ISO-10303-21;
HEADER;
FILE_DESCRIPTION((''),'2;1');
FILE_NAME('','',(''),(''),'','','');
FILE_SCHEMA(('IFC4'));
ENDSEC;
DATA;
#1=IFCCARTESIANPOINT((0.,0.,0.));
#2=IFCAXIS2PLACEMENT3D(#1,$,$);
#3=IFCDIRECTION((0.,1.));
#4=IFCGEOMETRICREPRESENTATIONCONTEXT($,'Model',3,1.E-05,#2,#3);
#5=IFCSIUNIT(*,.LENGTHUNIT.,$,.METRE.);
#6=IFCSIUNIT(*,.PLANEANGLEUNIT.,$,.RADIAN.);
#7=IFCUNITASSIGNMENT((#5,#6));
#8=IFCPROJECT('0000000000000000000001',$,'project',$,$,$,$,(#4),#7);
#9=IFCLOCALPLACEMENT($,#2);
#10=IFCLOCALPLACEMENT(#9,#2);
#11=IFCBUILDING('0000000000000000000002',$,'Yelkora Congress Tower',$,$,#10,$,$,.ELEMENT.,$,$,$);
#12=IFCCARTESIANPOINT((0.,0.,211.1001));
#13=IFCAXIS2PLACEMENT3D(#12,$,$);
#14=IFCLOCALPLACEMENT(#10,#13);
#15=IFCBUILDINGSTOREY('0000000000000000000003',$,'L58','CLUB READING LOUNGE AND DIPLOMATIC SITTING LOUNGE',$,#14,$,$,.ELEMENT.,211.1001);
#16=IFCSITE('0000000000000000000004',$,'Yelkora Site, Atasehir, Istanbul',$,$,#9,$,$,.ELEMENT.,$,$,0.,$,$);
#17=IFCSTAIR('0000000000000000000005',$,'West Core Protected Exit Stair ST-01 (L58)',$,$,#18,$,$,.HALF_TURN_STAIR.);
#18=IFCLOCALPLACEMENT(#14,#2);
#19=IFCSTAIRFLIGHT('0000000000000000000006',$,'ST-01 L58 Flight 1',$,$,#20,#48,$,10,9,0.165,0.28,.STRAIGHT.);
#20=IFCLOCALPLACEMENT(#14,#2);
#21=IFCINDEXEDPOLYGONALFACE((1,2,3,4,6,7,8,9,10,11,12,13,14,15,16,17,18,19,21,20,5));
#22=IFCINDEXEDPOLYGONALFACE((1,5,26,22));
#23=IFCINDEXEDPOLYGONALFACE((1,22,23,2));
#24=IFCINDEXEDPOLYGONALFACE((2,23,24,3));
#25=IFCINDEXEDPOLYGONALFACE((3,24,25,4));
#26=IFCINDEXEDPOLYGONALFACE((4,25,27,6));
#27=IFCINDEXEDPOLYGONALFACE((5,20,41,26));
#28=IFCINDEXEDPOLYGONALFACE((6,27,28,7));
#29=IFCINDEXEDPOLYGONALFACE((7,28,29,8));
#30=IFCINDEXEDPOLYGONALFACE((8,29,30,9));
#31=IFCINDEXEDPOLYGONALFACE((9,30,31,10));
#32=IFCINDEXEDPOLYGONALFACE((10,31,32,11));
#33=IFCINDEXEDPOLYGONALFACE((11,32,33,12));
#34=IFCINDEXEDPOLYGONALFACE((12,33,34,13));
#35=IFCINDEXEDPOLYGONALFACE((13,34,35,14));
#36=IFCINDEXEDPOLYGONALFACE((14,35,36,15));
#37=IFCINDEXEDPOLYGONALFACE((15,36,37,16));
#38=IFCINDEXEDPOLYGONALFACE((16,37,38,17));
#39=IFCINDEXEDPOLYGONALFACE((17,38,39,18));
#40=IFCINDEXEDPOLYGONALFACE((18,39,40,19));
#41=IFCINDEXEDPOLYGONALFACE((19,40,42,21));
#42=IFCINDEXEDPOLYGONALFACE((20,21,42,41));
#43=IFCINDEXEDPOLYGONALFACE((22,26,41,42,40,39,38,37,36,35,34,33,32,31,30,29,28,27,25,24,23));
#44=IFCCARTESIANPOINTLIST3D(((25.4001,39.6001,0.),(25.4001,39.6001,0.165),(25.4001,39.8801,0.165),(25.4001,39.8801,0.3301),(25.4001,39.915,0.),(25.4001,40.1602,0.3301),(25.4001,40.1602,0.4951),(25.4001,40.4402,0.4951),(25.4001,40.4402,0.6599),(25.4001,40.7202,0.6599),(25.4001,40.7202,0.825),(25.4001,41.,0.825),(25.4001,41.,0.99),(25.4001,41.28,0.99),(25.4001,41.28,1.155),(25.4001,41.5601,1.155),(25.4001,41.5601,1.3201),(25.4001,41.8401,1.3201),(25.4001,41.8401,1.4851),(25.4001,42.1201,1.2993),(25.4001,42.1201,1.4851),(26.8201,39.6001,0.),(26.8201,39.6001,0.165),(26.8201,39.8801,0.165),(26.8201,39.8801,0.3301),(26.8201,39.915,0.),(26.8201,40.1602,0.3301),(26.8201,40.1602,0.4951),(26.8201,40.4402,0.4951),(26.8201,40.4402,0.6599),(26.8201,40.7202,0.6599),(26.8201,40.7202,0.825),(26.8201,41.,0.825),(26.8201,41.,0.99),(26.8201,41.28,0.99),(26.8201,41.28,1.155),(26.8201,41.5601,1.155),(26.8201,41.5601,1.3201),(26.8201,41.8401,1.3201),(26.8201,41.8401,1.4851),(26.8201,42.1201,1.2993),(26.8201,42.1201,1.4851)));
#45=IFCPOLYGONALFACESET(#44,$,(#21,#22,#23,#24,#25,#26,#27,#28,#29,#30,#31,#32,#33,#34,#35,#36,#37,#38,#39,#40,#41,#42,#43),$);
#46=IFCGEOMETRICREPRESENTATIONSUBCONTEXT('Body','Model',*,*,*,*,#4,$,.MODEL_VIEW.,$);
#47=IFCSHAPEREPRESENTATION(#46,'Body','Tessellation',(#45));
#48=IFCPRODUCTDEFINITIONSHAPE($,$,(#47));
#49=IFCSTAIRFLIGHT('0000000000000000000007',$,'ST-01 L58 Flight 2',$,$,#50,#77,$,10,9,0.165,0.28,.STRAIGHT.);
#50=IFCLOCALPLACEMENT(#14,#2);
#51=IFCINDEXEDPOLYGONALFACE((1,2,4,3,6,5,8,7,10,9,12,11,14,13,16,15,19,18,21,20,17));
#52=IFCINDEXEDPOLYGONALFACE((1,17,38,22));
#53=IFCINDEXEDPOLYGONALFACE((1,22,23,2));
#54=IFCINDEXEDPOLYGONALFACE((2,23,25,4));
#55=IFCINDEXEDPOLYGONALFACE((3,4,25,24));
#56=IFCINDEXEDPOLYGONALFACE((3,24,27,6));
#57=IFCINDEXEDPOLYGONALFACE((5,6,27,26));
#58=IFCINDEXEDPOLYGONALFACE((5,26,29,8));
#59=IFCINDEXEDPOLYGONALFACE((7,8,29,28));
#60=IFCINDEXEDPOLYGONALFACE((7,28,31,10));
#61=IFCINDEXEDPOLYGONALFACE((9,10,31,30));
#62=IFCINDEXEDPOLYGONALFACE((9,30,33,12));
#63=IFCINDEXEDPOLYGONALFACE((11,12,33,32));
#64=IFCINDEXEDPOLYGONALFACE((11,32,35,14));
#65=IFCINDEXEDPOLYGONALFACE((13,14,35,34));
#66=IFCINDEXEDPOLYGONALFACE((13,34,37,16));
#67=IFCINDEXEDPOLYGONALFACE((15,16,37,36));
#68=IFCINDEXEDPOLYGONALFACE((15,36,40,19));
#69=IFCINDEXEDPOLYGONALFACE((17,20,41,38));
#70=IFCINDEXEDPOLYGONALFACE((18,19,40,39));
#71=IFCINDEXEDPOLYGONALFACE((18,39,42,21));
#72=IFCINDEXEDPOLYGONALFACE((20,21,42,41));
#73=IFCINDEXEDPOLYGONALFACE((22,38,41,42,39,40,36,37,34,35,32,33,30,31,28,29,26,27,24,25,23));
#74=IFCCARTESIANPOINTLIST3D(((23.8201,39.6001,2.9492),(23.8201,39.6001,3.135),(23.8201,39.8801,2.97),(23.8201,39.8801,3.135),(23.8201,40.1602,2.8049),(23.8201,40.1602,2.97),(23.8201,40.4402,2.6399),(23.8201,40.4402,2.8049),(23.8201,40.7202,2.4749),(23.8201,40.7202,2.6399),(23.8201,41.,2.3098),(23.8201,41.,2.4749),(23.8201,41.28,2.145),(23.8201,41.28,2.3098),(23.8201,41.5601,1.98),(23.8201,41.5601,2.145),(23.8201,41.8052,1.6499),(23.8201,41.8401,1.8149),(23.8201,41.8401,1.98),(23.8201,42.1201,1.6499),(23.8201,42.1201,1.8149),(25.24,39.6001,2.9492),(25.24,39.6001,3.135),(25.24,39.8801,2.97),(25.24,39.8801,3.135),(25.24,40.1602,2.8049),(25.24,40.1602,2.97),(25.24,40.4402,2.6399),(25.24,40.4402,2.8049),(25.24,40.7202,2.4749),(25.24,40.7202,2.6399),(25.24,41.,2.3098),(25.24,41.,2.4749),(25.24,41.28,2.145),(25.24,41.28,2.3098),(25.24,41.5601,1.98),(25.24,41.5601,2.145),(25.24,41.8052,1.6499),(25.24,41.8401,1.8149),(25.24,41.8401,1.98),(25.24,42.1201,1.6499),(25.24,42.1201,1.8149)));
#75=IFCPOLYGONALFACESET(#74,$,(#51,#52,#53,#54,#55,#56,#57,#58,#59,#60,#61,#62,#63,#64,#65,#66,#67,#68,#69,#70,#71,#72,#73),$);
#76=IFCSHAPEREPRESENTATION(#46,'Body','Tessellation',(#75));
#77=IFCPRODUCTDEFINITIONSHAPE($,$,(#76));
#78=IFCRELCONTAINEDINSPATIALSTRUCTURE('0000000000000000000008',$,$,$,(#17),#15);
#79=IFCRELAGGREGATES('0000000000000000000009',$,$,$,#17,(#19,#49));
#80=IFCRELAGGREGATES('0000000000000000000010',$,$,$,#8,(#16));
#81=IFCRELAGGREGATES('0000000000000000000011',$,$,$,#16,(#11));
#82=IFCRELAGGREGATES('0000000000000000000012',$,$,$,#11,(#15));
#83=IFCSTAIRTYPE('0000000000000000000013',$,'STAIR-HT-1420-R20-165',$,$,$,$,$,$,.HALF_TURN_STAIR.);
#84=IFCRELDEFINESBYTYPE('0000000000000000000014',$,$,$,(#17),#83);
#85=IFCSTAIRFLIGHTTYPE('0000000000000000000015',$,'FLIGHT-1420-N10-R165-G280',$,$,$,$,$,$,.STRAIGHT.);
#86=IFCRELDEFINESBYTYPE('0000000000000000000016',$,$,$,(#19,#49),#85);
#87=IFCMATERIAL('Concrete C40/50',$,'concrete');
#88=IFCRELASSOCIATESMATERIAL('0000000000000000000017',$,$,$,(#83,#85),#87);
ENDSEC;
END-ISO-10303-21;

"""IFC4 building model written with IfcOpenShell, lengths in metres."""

from ifc_helpers import new_model, si_unit, direction, frame, origin, place, context, subcontext, project, spatial, polyline, outline, extrude, material, type_object, element, aggregate, save


model = new_model("IFC4")

# Units and contexts
model_context = context("Model", 3, precision=1e-05, world=origin(), true_north=direction((0.0, 1.0)))
body_context = subcontext(model_context, "Body", "Model", "MODEL_VIEW")
ifc_project = project(units=[si_unit("LENGTHUNIT", "METRE"), si_unit("PLANEANGLEUNIT", "RADIAN")], contexts=[model_context])

# Site, building, storey
site_placement = place(None, origin())
site = spatial("IfcSite", under=ifc_project, at=site_placement, Name="Yelkora Site, Atasehir, Istanbul", CompositionType="ELEMENT", RefElevation=0.0)
building_placement = place(site_placement, origin())
building = spatial("IfcBuilding", under=site, at=building_placement, Name="Yelkora Congress Tower", CompositionType="ELEMENT")
storey_placement = place(building_placement, frame((0.0, 0.0, 211.1001)))
storey = spatial("IfcBuildingStorey", under=building, at=storey_placement, Name="L58", Description="CLUB READING LOUNGE AND DIPLOMATIC SITTING LOUNGE", CompositionType="ELEMENT", Elevation=211.1001)

# Stair, stair flights
ifc_material_1 = material(Name="Concrete C40/50", Category="concrete")
stair_type = type_object("IfcStairType", Name="STAIR-HT-1420-R20-165", PredefinedType="HALF_TURN_STAIR", material=ifc_material_1)
stair_placement = place(storey_placement, origin())
stair = element("IfcStair", 1, at=stair_placement, inside=storey, type_object=stair_type, Name="West Core Protected Exit Stair ST-01 (L58)", PredefinedType="HALF_TURN_STAIR")
stair_flight_type = type_object("IfcStairFlightType", Name="FLIGHT-1420-N10-R165-G280", PredefinedType="STRAIGHT", material=ifc_material_1)
stair_flight_1_placement = place(storey_placement, frame((26.1101, 39.6001, 0.0), z_axis=(0.0, 0.0, 1.0), x_axis=(0.0, 1.0, 0.0)))
stair_flight_1 = element("IfcStairFlight", 2, at=stair_flight_1_placement, type_object=stair_flight_type, Name="ST-01 L58 Flight 1", NumberOfRisers=10, NumberOfTreads=9, PredefinedType="STRAIGHT", RiserHeight=0.165, TreadLength=0.28, context=body_context, shape_type="SweptSolid", body=[
    extrude(outline(polyline([(0.0, 0.0), (0.0, 0.165), (0.28, 0.165), (0.28, 0.3301), (0.5601, 0.3301), (0.5601, 0.4951), (0.8401, 0.4951), (0.8401, 0.6599), (1.1201, 0.6599), (1.1201, 0.825), (1.3999, 0.825), (1.3999, 0.99), (1.6799, 0.99), (1.6799, 1.155), (1.96, 1.155), (1.96, 1.3201), (2.24, 1.3201), (2.24, 1.4851), (2.52, 1.4851), (2.52, 1.6499), (2.52, 1.2993), (0.3149, 0.0), (0.0, 0.0)])), frame((0.0, 0.71, 0.0), z_axis=(0.0, -1.0, 0.0), x_axis=(1.0, 0.0, 0.0)), (0.0, 0.0, 1.0), 1.4199),
])
stair_flight_2_placement = place(storey_placement, frame((24.53, 42.1201, 1.6499), z_axis=(0.0, 0.0, 1.0), x_axis=(0.0, -1.0, 0.0)))
stair_flight_2 = element("IfcStairFlight", 3, at=stair_flight_2_placement, type_object=stair_flight_type, Name="ST-01 L58 Flight 2", NumberOfRisers=10, NumberOfTreads=9, PredefinedType="STRAIGHT", RiserHeight=0.165, TreadLength=0.28, context=body_context, shape_type="SweptSolid", body=[
    extrude(outline(polyline([(0.0, 0.0), (0.0, 0.165), (0.28, 0.165), (0.28, 0.3301), (0.5601, 0.3301), (0.5601, 0.4951), (0.8401, 0.4951), (0.8401, 0.6599), (1.1201, 0.6599), (1.1201, 0.825), (1.3999, 0.825), (1.3999, 0.99), (1.6799, 0.99), (1.6799, 1.155), (1.96, 1.155), (1.96, 1.3201), (2.24, 1.3201), (2.24, 1.4851), (2.52, 1.4851), (2.52, 1.6499), (2.52, 1.2993), (0.3149, 0.0), (0.0, 0.0)])), frame((0.0, 0.71, 0.0), z_axis=(0.0, -1.0, 0.0), x_axis=(1.0, 0.0, 0.0)), (0.0, 0.0, 1.0), 1.4199),
])
aggregate(stair, [stair_flight_1, stair_flight_2])

save(model, "model.ifc")
